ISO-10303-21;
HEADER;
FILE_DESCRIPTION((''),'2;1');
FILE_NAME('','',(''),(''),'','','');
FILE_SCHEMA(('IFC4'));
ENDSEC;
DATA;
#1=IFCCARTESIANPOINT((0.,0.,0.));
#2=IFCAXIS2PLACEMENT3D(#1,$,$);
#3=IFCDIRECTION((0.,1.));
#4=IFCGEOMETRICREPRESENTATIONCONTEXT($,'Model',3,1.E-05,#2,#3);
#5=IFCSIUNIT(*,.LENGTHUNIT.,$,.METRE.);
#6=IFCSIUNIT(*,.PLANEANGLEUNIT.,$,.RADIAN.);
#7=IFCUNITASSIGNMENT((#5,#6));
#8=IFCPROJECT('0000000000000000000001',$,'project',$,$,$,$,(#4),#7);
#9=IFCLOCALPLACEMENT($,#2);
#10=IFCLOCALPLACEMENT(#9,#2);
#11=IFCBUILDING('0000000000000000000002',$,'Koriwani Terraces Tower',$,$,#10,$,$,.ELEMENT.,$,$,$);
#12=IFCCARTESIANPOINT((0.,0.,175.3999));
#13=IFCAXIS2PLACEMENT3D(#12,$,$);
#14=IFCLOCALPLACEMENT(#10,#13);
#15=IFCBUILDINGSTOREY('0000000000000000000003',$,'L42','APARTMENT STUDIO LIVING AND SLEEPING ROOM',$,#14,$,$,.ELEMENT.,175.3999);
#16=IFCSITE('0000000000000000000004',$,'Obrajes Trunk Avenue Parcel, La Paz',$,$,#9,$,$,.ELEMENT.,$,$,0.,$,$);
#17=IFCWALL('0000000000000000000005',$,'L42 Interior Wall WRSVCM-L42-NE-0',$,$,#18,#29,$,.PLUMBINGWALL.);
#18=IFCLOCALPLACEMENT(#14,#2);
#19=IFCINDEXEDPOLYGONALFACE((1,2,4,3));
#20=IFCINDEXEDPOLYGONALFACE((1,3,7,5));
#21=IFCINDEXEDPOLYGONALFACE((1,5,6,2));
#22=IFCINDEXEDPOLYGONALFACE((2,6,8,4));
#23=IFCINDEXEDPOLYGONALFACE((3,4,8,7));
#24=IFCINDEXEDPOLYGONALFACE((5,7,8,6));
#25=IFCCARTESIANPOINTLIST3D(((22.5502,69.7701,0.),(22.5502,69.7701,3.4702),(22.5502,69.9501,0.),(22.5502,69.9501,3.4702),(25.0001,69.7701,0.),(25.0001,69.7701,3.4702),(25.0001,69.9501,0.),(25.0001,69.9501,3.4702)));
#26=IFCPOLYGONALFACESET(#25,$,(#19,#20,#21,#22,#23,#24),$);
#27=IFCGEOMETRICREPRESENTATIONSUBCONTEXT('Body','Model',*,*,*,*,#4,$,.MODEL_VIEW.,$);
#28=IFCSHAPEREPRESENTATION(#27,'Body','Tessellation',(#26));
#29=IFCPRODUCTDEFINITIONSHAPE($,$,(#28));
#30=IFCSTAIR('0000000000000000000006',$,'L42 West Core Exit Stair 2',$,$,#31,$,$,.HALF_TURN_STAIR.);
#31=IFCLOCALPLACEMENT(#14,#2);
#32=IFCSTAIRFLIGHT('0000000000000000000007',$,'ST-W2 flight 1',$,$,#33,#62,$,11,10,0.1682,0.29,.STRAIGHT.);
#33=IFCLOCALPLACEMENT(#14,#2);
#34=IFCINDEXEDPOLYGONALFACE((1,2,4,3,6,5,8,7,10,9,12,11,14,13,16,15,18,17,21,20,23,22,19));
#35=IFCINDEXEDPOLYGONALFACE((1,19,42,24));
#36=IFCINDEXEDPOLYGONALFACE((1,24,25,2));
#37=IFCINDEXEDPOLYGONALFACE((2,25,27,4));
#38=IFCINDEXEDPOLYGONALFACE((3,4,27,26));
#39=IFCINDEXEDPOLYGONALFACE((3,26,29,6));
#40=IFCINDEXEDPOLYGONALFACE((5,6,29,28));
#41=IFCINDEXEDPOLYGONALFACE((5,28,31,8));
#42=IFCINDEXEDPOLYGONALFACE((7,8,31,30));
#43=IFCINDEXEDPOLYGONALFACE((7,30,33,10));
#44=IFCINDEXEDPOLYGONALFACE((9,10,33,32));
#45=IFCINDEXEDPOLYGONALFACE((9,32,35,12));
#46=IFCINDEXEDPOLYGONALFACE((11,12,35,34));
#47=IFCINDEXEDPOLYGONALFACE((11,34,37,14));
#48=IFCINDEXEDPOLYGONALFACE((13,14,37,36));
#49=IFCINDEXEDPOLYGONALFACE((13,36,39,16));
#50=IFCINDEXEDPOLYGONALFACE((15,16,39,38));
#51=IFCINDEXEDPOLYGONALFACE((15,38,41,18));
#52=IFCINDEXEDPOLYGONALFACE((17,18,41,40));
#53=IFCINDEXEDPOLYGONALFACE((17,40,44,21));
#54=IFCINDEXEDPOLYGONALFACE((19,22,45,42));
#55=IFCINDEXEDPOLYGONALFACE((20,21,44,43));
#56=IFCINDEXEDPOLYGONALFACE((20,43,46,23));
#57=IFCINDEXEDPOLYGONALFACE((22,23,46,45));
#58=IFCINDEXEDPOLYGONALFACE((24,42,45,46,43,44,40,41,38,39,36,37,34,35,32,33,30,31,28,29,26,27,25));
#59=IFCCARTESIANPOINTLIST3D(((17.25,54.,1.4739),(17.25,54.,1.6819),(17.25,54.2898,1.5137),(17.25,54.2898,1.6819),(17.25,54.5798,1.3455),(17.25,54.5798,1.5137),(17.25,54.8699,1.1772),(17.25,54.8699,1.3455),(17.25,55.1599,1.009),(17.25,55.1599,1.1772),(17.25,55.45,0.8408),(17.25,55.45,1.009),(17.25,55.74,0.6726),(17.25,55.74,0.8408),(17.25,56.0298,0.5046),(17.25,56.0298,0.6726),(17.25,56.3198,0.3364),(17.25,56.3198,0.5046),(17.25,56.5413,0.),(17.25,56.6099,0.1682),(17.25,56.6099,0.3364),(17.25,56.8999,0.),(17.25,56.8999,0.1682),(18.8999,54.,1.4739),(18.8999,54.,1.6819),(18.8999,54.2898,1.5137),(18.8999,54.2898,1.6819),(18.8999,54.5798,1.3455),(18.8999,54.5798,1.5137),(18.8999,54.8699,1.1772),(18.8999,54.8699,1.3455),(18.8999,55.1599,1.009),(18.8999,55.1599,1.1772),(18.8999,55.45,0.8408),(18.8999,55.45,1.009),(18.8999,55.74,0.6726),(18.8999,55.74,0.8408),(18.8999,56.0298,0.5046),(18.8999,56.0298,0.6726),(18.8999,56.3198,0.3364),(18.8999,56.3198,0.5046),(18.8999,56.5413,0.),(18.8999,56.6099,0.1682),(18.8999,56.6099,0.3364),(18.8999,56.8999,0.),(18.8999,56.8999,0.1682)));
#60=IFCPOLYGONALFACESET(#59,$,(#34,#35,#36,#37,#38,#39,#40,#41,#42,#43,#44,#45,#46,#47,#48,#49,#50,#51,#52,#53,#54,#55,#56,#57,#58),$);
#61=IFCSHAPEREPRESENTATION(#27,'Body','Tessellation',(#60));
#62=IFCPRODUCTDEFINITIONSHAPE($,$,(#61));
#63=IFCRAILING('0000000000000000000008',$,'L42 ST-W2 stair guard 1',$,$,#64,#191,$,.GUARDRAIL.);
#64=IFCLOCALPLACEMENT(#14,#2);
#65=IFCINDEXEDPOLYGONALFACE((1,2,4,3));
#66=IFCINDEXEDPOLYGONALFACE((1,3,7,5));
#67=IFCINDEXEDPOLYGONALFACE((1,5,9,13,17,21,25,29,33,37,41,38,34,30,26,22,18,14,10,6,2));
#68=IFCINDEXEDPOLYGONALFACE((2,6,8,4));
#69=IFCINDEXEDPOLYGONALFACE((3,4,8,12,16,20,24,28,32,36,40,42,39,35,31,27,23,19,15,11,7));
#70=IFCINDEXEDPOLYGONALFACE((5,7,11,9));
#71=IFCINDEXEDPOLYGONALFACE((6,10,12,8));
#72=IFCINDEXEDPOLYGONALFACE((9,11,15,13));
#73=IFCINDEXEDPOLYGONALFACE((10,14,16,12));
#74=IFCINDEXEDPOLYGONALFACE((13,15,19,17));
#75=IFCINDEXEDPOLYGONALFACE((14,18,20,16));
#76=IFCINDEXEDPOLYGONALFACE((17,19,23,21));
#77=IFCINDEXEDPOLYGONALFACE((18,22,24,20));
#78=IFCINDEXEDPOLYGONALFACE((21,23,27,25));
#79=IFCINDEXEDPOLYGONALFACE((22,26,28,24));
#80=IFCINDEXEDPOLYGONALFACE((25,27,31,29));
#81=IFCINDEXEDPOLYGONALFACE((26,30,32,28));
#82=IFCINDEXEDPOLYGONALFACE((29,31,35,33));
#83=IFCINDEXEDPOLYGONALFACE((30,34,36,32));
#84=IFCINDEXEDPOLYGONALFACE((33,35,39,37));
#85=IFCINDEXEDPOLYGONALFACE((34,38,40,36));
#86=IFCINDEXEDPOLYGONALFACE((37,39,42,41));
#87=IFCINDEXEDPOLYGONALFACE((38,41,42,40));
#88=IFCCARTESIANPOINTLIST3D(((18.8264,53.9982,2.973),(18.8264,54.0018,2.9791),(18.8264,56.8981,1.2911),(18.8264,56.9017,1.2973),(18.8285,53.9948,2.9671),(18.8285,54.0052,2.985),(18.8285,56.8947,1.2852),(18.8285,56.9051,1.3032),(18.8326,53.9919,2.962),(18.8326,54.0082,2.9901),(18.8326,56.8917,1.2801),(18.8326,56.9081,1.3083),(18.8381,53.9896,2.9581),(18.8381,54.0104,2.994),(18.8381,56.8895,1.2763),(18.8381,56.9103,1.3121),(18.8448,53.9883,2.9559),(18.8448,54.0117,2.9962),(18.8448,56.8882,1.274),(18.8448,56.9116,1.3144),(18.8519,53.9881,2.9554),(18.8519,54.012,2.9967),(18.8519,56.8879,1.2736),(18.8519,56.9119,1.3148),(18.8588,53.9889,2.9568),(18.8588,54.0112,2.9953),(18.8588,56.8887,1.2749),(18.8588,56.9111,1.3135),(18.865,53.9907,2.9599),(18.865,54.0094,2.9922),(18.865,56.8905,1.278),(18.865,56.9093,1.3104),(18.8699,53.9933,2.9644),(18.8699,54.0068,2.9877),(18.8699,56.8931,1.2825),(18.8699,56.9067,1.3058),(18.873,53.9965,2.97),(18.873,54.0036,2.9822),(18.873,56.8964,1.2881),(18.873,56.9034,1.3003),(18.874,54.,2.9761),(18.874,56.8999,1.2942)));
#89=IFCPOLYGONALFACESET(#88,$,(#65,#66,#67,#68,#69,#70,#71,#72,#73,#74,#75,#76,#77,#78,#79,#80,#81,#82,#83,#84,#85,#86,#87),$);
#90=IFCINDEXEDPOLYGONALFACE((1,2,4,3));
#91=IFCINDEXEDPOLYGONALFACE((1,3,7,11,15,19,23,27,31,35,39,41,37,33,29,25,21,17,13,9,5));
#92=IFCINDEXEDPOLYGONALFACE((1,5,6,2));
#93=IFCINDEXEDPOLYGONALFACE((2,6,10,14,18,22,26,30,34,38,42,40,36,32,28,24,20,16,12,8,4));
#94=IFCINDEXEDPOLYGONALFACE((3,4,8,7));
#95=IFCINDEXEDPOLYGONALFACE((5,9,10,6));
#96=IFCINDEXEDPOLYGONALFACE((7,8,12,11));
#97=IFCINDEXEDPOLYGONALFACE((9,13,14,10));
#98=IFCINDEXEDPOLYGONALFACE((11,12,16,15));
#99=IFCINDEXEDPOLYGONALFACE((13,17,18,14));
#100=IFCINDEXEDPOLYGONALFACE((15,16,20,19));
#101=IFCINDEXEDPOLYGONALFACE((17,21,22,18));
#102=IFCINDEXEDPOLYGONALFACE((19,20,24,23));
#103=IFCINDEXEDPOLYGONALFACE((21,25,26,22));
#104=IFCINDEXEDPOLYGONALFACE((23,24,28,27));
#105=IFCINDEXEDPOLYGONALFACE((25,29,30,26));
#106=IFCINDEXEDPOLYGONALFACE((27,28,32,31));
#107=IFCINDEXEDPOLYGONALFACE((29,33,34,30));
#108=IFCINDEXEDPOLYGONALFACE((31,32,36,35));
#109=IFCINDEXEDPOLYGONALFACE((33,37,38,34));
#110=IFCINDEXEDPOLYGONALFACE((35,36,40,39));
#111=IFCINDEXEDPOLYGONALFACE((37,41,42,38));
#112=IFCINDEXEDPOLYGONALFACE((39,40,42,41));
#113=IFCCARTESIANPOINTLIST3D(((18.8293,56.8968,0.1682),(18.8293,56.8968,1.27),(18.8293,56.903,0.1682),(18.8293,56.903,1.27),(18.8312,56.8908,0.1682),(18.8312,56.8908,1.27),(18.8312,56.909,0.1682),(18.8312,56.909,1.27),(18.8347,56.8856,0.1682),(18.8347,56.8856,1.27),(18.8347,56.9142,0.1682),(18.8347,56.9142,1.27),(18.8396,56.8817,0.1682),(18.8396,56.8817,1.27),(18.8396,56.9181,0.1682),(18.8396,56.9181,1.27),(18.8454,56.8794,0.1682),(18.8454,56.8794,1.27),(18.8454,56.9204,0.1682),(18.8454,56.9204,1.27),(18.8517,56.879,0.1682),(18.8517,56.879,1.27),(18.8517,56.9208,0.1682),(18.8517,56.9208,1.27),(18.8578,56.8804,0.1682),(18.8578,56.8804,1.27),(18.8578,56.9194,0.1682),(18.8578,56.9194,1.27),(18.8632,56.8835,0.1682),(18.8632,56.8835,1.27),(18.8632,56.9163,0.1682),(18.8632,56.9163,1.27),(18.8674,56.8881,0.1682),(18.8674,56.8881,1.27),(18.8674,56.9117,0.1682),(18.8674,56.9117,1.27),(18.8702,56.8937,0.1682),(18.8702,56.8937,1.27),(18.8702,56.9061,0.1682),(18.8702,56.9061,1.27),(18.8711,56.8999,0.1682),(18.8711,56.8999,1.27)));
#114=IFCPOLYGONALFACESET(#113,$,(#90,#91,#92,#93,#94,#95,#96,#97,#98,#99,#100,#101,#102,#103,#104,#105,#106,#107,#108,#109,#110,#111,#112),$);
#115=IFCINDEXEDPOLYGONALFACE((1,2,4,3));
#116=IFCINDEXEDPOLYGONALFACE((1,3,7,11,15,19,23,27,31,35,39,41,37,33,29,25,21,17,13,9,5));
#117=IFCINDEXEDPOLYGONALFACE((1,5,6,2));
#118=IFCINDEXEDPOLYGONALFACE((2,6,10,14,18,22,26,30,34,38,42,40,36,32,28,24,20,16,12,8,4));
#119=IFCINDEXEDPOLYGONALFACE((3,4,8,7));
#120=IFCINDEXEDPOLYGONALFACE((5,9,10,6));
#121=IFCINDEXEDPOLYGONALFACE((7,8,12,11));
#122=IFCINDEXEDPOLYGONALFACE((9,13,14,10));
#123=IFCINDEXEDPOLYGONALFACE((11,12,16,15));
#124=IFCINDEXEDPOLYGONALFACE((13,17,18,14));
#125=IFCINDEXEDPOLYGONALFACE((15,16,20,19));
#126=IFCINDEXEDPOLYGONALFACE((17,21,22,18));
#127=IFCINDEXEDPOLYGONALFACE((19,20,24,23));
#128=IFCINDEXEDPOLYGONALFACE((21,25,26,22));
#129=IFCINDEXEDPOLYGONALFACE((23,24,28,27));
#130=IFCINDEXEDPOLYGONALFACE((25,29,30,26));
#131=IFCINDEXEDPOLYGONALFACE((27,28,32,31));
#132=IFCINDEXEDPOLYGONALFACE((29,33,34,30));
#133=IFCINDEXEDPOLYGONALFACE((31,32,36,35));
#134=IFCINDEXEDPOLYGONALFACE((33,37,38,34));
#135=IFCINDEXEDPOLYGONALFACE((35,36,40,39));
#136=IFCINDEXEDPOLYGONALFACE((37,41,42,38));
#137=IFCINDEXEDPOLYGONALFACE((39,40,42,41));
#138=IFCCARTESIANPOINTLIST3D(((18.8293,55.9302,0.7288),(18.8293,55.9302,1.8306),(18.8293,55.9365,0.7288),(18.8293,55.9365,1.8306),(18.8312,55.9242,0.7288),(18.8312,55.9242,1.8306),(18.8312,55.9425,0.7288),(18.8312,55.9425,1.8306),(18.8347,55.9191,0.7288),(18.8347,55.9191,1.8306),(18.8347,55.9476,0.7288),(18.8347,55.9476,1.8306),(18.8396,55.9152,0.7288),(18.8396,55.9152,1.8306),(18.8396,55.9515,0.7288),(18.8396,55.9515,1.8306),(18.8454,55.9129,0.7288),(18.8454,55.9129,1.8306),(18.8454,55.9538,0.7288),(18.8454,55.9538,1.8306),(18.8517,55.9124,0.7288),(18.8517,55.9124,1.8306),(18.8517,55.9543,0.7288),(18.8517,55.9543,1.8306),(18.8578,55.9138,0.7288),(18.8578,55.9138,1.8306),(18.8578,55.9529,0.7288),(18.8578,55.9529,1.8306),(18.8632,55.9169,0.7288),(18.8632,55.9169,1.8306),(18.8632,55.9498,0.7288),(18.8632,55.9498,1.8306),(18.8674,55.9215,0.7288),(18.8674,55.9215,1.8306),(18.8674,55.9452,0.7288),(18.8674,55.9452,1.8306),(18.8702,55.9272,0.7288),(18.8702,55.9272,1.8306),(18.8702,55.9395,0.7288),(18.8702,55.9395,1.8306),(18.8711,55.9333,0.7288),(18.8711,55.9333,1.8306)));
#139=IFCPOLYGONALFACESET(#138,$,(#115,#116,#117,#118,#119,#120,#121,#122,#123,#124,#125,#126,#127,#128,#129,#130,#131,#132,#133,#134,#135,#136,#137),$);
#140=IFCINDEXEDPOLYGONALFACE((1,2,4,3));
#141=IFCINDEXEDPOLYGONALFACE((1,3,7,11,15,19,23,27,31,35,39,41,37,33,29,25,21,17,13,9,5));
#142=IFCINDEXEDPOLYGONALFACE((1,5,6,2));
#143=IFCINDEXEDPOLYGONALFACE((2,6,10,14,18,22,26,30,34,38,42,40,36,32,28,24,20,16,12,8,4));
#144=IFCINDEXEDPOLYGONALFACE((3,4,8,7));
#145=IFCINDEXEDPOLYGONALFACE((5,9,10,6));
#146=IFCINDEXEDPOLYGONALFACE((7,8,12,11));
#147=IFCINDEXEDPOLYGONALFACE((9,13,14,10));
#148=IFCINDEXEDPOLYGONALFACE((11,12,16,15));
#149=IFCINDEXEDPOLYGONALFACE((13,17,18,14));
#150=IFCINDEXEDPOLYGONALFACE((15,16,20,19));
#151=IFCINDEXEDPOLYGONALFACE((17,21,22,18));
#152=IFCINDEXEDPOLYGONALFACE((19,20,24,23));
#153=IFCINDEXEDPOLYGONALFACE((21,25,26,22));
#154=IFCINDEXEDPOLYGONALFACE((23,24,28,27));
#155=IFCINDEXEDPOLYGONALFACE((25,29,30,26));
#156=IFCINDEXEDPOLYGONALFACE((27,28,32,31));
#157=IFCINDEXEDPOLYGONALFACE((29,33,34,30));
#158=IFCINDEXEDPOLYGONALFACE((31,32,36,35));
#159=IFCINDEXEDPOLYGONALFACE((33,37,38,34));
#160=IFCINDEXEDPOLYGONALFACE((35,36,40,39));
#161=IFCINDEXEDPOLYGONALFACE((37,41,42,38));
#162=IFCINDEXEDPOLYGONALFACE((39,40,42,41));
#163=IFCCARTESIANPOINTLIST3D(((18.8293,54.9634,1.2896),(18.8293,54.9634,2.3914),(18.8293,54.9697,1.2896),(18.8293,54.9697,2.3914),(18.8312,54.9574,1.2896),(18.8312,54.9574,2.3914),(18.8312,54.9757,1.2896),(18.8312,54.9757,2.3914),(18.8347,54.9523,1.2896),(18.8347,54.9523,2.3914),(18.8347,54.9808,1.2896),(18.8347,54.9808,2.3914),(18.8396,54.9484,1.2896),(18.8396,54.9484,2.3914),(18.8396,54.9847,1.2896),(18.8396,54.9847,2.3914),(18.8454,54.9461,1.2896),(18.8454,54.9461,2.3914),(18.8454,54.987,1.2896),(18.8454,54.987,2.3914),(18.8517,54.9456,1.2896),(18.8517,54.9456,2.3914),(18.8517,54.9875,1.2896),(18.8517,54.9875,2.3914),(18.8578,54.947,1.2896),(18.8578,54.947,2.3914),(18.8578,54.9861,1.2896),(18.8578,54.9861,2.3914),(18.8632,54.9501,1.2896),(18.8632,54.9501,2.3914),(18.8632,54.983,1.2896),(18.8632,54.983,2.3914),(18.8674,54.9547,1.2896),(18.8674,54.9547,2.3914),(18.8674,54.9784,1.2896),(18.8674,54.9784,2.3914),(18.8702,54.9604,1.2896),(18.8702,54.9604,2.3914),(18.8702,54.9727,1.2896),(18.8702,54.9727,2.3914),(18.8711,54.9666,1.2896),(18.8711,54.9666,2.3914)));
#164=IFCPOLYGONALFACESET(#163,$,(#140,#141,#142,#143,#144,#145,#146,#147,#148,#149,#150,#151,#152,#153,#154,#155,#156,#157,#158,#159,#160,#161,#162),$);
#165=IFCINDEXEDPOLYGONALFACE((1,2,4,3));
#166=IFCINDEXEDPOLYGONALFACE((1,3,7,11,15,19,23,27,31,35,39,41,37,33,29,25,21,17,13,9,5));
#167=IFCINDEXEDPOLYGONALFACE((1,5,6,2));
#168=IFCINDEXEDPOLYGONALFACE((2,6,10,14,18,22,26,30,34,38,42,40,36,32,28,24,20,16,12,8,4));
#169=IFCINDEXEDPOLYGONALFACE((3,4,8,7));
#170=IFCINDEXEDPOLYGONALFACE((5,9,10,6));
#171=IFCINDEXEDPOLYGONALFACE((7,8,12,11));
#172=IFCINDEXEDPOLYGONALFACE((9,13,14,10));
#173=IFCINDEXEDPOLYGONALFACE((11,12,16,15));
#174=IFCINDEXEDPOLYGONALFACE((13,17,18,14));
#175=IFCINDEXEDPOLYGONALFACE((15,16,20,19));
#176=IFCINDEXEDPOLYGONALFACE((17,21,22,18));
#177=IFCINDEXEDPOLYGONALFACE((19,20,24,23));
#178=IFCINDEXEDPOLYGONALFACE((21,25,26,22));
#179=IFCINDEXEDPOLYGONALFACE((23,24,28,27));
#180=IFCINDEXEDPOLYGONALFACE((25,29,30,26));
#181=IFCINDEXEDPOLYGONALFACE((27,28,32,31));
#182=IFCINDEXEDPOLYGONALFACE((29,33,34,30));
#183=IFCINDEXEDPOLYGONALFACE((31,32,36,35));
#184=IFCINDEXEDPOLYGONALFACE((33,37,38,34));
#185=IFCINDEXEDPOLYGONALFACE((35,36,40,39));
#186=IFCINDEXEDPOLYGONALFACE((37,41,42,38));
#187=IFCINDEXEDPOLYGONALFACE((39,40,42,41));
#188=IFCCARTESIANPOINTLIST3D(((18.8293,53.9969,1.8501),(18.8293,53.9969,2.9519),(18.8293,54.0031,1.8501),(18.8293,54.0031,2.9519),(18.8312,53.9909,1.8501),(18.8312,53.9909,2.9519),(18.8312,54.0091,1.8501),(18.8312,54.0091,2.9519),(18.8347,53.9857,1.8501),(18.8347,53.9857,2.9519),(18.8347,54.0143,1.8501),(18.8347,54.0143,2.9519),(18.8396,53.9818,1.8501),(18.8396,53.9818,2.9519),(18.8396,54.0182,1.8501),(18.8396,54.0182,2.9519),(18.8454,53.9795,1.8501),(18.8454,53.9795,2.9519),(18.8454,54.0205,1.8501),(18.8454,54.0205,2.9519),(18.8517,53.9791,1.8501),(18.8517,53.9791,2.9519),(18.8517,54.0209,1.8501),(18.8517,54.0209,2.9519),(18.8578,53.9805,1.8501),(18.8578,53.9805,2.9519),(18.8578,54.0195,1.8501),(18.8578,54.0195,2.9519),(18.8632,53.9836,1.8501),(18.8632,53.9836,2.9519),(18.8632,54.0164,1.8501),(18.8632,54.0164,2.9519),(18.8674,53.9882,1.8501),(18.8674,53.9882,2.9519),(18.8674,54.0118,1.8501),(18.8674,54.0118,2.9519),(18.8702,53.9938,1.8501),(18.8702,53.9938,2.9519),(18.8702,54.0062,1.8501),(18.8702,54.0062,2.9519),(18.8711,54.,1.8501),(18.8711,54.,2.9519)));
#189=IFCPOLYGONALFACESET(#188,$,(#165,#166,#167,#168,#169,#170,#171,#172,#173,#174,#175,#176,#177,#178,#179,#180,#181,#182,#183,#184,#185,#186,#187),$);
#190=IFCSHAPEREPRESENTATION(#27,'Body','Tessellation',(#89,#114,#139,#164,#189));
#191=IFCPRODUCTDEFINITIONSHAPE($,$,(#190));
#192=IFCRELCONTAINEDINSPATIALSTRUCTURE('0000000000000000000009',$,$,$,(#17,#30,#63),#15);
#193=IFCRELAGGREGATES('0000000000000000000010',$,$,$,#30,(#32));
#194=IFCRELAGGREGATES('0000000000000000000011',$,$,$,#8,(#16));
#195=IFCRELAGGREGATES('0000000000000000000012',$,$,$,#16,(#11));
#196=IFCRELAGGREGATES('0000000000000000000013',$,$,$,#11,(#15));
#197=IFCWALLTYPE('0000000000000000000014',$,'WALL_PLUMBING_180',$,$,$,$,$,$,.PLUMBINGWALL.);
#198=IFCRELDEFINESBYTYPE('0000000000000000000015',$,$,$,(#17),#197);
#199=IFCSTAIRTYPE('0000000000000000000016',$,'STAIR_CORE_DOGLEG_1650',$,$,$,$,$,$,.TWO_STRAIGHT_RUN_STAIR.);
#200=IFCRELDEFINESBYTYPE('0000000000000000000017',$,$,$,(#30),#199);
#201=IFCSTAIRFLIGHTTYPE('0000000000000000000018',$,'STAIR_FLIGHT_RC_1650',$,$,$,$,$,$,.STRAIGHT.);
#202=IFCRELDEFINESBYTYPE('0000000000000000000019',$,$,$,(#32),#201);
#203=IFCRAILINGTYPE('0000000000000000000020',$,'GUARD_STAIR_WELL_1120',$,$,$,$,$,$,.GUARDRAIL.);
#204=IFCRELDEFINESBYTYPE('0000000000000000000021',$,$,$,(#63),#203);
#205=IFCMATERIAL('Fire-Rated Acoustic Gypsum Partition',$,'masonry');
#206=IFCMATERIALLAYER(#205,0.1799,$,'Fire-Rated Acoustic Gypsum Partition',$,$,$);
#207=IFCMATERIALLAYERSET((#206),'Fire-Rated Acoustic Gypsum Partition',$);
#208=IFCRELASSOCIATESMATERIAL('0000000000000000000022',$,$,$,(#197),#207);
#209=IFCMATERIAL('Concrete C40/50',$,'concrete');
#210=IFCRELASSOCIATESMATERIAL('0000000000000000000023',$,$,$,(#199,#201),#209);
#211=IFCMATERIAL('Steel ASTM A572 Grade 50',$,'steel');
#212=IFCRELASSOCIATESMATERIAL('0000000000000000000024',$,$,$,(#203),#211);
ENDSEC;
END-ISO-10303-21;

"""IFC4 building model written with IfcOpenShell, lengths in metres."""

from ifc_helpers import new_model, si_unit, direction, frame, frame_2d, origin, origin_2d, place, context, subcontext, project, spatial, polyline, rectangle, circle, outline, extrude, material, layer, layer_set, type_object, element, aggregate, save


model = new_model("IFC4")

# Units and contexts
model_context = context("Model", 3, precision=1e-05, world=origin(), true_north=direction((0.0, 1.0)))
body_context = subcontext(model_context, "Body", "Model", "MODEL_VIEW")
ifc_project = project(units=[si_unit("LENGTHUNIT", "METRE"), si_unit("PLANEANGLEUNIT", "RADIAN")], contexts=[model_context])

# Site, building, storey
site_placement = place(None, origin())
site = spatial("IfcSite", under=ifc_project, at=site_placement, Name="Obrajes Trunk Avenue Parcel, La Paz", CompositionType="ELEMENT", RefElevation=0.0)
building_placement = place(site_placement, origin())
building = spatial("IfcBuilding", under=site, at=building_placement, Name="Koriwani Terraces Tower", CompositionType="ELEMENT")
storey_placement = place(building_placement, frame((0.0, 0.0, 175.3999)))
storey = spatial("IfcBuildingStorey", under=building, at=storey_placement, Name="L42", Description="APARTMENT STUDIO LIVING AND SLEEPING ROOM", CompositionType="ELEMENT", Elevation=175.3999)

# Shared definitions
ifc_material_1 = material(Name="Fire-Rated Acoustic Gypsum Partition", Category="masonry")
ifc_layer_1 = layer(ifc_material_1, 0.1799, Name="Fire-Rated Acoustic Gypsum Partition")
ifc_layer_set_1 = layer_set([ifc_layer_1], Name="Fire-Rated Acoustic Gypsum Partition")
wall_type_1 = type_object("IfcWallType", Name="WALL_PLUMBING_180", PredefinedType="PLUMBINGWALL", material=ifc_layer_set_1)

# Wall
for number, where, z_axis, x_axis, name in (
    (1, (22.55, 69.8601, 0.0), (0.0, 0.0, 1.0), (1.0, 0.0, 0.0), "L42 Interior Wall WRSVCM-L42-NE-0"),
):
    element("IfcWall", number, at=place(storey_placement, frame(where, z_axis=z_axis, x_axis=x_axis)), inside=storey, type_object=wall_type_1, Name=name, PredefinedType="PLUMBINGWALL", context=body_context, shape_type="SweptSolid", body=[
        extrude(rectangle(XDim=2.45, YDim=0.1799, at=frame_2d((1.2251, 0.0))), origin(), (0.0, 0.0, 1.0), 3.4702),
    ])

# Shared definitions
ifc_material_2 = material(Name="Concrete C40/50", Category="concrete")
ifc_material_3 = material(Name="Steel ASTM A572 Grade 50", Category="steel")

# Stair, stair flight
stair_type = type_object("IfcStairType", Name="STAIR_CORE_DOGLEG_1650", PredefinedType="TWO_STRAIGHT_RUN_STAIR", material=ifc_material_2)
stair_placement = place(storey_placement, origin())
stair = element("IfcStair", 2, at=stair_placement, inside=storey, type_object=stair_type, Name="L42 West Core Exit Stair 2", PredefinedType="HALF_TURN_STAIR")
stair_flight_type = type_object("IfcStairFlightType", Name="STAIR_FLIGHT_RC_1650", PredefinedType="STRAIGHT", material=ifc_material_2)
stair_flight_placement = place(storey_placement, frame((18.075, 56.8999, 0.0), z_axis=(0.0, 0.0, 1.0), x_axis=(0.0, -1.0, 0.0)))
stair_flight = element("IfcStairFlight", 3, at=stair_flight_placement, type_object=stair_flight_type, Name="ST-W2 flight 1", NumberOfRisers=11, NumberOfTreads=10, PredefinedType="STRAIGHT", RiserHeight=0.1682, TreadLength=0.29, context=body_context, shape_type="SweptSolid", body=[
    extrude(outline(polyline([(0.0, 0.0), (0.0, 0.1682), (0.29, 0.1682), (0.29, 0.3364), (0.5801, 0.3364), (0.5801, 0.5046), (0.8701, 0.5046), (0.8701, 0.6726), (1.1599, 0.6726), (1.1599, 0.8408), (1.45, 0.8408), (1.45, 1.009), (1.74, 1.009), (1.74, 1.1772), (2.03, 1.1772), (2.03, 1.3455), (2.3201, 1.3455), (2.3201, 1.5137), (2.6101, 1.5137), (2.6101, 1.6819), (2.8999, 1.6819), (2.8999, 1.8501), (2.8999, 1.4739), (0.3586, 0.0), (0.0, 0.0)])), frame((0.0, 0.825, 0.0), z_axis=(0.0, -1.0, 0.0), x_axis=(1.0, 0.0, 0.0)), (0.0, 0.0, 1.0), 1.6499),
])
aggregate(stair, [stair_flight])

# Railing
railing_type_1 = type_object("IfcRailingType", Name="GUARD_STAIR_WELL_1120", PredefinedType="GUARDRAIL", material=ifc_material_3)
railing_1_placement = place(storey_placement, frame((18.8501, 56.8999, 0.1682)))
element("IfcRailing", 4, at=railing_1_placement, inside=storey, type_object=railing_type_1, Name="L42 ST-W2 stair guard 1", PredefinedType="GUARDRAIL", context=body_context, shape_type="SweptSolid", body=[
    extrude(circle(Radius=0.0239, at=origin_2d()), frame((0.0, 0.0, 1.126), z_axis=(0.0, -0.865039, 0.501705), x_axis=(1.0, 0.0, 0.0)), (0.0, 0.0, 1.0), 3.3523),
    extrude(circle(Radius=0.021, at=origin_2d()), origin(), (0.0, 0.0, 1.0), 1.1018),
    extrude(circle(Radius=0.021, at=origin_2d()), frame((0.0, -0.9666, 0.5605)), (0.0, 0.0, 1.0), 1.1018),
    extrude(circle(Radius=0.021, at=origin_2d()), frame((0.0, -1.9333, 1.1213)), (0.0, 0.0, 1.0), 1.1018),
    extrude(circle(Radius=0.021, at=origin_2d()), frame((0.0, -2.8999, 1.6819)), (0.0, 0.0, 1.0), 1.1018),
])

save(model, "model.ifc")
